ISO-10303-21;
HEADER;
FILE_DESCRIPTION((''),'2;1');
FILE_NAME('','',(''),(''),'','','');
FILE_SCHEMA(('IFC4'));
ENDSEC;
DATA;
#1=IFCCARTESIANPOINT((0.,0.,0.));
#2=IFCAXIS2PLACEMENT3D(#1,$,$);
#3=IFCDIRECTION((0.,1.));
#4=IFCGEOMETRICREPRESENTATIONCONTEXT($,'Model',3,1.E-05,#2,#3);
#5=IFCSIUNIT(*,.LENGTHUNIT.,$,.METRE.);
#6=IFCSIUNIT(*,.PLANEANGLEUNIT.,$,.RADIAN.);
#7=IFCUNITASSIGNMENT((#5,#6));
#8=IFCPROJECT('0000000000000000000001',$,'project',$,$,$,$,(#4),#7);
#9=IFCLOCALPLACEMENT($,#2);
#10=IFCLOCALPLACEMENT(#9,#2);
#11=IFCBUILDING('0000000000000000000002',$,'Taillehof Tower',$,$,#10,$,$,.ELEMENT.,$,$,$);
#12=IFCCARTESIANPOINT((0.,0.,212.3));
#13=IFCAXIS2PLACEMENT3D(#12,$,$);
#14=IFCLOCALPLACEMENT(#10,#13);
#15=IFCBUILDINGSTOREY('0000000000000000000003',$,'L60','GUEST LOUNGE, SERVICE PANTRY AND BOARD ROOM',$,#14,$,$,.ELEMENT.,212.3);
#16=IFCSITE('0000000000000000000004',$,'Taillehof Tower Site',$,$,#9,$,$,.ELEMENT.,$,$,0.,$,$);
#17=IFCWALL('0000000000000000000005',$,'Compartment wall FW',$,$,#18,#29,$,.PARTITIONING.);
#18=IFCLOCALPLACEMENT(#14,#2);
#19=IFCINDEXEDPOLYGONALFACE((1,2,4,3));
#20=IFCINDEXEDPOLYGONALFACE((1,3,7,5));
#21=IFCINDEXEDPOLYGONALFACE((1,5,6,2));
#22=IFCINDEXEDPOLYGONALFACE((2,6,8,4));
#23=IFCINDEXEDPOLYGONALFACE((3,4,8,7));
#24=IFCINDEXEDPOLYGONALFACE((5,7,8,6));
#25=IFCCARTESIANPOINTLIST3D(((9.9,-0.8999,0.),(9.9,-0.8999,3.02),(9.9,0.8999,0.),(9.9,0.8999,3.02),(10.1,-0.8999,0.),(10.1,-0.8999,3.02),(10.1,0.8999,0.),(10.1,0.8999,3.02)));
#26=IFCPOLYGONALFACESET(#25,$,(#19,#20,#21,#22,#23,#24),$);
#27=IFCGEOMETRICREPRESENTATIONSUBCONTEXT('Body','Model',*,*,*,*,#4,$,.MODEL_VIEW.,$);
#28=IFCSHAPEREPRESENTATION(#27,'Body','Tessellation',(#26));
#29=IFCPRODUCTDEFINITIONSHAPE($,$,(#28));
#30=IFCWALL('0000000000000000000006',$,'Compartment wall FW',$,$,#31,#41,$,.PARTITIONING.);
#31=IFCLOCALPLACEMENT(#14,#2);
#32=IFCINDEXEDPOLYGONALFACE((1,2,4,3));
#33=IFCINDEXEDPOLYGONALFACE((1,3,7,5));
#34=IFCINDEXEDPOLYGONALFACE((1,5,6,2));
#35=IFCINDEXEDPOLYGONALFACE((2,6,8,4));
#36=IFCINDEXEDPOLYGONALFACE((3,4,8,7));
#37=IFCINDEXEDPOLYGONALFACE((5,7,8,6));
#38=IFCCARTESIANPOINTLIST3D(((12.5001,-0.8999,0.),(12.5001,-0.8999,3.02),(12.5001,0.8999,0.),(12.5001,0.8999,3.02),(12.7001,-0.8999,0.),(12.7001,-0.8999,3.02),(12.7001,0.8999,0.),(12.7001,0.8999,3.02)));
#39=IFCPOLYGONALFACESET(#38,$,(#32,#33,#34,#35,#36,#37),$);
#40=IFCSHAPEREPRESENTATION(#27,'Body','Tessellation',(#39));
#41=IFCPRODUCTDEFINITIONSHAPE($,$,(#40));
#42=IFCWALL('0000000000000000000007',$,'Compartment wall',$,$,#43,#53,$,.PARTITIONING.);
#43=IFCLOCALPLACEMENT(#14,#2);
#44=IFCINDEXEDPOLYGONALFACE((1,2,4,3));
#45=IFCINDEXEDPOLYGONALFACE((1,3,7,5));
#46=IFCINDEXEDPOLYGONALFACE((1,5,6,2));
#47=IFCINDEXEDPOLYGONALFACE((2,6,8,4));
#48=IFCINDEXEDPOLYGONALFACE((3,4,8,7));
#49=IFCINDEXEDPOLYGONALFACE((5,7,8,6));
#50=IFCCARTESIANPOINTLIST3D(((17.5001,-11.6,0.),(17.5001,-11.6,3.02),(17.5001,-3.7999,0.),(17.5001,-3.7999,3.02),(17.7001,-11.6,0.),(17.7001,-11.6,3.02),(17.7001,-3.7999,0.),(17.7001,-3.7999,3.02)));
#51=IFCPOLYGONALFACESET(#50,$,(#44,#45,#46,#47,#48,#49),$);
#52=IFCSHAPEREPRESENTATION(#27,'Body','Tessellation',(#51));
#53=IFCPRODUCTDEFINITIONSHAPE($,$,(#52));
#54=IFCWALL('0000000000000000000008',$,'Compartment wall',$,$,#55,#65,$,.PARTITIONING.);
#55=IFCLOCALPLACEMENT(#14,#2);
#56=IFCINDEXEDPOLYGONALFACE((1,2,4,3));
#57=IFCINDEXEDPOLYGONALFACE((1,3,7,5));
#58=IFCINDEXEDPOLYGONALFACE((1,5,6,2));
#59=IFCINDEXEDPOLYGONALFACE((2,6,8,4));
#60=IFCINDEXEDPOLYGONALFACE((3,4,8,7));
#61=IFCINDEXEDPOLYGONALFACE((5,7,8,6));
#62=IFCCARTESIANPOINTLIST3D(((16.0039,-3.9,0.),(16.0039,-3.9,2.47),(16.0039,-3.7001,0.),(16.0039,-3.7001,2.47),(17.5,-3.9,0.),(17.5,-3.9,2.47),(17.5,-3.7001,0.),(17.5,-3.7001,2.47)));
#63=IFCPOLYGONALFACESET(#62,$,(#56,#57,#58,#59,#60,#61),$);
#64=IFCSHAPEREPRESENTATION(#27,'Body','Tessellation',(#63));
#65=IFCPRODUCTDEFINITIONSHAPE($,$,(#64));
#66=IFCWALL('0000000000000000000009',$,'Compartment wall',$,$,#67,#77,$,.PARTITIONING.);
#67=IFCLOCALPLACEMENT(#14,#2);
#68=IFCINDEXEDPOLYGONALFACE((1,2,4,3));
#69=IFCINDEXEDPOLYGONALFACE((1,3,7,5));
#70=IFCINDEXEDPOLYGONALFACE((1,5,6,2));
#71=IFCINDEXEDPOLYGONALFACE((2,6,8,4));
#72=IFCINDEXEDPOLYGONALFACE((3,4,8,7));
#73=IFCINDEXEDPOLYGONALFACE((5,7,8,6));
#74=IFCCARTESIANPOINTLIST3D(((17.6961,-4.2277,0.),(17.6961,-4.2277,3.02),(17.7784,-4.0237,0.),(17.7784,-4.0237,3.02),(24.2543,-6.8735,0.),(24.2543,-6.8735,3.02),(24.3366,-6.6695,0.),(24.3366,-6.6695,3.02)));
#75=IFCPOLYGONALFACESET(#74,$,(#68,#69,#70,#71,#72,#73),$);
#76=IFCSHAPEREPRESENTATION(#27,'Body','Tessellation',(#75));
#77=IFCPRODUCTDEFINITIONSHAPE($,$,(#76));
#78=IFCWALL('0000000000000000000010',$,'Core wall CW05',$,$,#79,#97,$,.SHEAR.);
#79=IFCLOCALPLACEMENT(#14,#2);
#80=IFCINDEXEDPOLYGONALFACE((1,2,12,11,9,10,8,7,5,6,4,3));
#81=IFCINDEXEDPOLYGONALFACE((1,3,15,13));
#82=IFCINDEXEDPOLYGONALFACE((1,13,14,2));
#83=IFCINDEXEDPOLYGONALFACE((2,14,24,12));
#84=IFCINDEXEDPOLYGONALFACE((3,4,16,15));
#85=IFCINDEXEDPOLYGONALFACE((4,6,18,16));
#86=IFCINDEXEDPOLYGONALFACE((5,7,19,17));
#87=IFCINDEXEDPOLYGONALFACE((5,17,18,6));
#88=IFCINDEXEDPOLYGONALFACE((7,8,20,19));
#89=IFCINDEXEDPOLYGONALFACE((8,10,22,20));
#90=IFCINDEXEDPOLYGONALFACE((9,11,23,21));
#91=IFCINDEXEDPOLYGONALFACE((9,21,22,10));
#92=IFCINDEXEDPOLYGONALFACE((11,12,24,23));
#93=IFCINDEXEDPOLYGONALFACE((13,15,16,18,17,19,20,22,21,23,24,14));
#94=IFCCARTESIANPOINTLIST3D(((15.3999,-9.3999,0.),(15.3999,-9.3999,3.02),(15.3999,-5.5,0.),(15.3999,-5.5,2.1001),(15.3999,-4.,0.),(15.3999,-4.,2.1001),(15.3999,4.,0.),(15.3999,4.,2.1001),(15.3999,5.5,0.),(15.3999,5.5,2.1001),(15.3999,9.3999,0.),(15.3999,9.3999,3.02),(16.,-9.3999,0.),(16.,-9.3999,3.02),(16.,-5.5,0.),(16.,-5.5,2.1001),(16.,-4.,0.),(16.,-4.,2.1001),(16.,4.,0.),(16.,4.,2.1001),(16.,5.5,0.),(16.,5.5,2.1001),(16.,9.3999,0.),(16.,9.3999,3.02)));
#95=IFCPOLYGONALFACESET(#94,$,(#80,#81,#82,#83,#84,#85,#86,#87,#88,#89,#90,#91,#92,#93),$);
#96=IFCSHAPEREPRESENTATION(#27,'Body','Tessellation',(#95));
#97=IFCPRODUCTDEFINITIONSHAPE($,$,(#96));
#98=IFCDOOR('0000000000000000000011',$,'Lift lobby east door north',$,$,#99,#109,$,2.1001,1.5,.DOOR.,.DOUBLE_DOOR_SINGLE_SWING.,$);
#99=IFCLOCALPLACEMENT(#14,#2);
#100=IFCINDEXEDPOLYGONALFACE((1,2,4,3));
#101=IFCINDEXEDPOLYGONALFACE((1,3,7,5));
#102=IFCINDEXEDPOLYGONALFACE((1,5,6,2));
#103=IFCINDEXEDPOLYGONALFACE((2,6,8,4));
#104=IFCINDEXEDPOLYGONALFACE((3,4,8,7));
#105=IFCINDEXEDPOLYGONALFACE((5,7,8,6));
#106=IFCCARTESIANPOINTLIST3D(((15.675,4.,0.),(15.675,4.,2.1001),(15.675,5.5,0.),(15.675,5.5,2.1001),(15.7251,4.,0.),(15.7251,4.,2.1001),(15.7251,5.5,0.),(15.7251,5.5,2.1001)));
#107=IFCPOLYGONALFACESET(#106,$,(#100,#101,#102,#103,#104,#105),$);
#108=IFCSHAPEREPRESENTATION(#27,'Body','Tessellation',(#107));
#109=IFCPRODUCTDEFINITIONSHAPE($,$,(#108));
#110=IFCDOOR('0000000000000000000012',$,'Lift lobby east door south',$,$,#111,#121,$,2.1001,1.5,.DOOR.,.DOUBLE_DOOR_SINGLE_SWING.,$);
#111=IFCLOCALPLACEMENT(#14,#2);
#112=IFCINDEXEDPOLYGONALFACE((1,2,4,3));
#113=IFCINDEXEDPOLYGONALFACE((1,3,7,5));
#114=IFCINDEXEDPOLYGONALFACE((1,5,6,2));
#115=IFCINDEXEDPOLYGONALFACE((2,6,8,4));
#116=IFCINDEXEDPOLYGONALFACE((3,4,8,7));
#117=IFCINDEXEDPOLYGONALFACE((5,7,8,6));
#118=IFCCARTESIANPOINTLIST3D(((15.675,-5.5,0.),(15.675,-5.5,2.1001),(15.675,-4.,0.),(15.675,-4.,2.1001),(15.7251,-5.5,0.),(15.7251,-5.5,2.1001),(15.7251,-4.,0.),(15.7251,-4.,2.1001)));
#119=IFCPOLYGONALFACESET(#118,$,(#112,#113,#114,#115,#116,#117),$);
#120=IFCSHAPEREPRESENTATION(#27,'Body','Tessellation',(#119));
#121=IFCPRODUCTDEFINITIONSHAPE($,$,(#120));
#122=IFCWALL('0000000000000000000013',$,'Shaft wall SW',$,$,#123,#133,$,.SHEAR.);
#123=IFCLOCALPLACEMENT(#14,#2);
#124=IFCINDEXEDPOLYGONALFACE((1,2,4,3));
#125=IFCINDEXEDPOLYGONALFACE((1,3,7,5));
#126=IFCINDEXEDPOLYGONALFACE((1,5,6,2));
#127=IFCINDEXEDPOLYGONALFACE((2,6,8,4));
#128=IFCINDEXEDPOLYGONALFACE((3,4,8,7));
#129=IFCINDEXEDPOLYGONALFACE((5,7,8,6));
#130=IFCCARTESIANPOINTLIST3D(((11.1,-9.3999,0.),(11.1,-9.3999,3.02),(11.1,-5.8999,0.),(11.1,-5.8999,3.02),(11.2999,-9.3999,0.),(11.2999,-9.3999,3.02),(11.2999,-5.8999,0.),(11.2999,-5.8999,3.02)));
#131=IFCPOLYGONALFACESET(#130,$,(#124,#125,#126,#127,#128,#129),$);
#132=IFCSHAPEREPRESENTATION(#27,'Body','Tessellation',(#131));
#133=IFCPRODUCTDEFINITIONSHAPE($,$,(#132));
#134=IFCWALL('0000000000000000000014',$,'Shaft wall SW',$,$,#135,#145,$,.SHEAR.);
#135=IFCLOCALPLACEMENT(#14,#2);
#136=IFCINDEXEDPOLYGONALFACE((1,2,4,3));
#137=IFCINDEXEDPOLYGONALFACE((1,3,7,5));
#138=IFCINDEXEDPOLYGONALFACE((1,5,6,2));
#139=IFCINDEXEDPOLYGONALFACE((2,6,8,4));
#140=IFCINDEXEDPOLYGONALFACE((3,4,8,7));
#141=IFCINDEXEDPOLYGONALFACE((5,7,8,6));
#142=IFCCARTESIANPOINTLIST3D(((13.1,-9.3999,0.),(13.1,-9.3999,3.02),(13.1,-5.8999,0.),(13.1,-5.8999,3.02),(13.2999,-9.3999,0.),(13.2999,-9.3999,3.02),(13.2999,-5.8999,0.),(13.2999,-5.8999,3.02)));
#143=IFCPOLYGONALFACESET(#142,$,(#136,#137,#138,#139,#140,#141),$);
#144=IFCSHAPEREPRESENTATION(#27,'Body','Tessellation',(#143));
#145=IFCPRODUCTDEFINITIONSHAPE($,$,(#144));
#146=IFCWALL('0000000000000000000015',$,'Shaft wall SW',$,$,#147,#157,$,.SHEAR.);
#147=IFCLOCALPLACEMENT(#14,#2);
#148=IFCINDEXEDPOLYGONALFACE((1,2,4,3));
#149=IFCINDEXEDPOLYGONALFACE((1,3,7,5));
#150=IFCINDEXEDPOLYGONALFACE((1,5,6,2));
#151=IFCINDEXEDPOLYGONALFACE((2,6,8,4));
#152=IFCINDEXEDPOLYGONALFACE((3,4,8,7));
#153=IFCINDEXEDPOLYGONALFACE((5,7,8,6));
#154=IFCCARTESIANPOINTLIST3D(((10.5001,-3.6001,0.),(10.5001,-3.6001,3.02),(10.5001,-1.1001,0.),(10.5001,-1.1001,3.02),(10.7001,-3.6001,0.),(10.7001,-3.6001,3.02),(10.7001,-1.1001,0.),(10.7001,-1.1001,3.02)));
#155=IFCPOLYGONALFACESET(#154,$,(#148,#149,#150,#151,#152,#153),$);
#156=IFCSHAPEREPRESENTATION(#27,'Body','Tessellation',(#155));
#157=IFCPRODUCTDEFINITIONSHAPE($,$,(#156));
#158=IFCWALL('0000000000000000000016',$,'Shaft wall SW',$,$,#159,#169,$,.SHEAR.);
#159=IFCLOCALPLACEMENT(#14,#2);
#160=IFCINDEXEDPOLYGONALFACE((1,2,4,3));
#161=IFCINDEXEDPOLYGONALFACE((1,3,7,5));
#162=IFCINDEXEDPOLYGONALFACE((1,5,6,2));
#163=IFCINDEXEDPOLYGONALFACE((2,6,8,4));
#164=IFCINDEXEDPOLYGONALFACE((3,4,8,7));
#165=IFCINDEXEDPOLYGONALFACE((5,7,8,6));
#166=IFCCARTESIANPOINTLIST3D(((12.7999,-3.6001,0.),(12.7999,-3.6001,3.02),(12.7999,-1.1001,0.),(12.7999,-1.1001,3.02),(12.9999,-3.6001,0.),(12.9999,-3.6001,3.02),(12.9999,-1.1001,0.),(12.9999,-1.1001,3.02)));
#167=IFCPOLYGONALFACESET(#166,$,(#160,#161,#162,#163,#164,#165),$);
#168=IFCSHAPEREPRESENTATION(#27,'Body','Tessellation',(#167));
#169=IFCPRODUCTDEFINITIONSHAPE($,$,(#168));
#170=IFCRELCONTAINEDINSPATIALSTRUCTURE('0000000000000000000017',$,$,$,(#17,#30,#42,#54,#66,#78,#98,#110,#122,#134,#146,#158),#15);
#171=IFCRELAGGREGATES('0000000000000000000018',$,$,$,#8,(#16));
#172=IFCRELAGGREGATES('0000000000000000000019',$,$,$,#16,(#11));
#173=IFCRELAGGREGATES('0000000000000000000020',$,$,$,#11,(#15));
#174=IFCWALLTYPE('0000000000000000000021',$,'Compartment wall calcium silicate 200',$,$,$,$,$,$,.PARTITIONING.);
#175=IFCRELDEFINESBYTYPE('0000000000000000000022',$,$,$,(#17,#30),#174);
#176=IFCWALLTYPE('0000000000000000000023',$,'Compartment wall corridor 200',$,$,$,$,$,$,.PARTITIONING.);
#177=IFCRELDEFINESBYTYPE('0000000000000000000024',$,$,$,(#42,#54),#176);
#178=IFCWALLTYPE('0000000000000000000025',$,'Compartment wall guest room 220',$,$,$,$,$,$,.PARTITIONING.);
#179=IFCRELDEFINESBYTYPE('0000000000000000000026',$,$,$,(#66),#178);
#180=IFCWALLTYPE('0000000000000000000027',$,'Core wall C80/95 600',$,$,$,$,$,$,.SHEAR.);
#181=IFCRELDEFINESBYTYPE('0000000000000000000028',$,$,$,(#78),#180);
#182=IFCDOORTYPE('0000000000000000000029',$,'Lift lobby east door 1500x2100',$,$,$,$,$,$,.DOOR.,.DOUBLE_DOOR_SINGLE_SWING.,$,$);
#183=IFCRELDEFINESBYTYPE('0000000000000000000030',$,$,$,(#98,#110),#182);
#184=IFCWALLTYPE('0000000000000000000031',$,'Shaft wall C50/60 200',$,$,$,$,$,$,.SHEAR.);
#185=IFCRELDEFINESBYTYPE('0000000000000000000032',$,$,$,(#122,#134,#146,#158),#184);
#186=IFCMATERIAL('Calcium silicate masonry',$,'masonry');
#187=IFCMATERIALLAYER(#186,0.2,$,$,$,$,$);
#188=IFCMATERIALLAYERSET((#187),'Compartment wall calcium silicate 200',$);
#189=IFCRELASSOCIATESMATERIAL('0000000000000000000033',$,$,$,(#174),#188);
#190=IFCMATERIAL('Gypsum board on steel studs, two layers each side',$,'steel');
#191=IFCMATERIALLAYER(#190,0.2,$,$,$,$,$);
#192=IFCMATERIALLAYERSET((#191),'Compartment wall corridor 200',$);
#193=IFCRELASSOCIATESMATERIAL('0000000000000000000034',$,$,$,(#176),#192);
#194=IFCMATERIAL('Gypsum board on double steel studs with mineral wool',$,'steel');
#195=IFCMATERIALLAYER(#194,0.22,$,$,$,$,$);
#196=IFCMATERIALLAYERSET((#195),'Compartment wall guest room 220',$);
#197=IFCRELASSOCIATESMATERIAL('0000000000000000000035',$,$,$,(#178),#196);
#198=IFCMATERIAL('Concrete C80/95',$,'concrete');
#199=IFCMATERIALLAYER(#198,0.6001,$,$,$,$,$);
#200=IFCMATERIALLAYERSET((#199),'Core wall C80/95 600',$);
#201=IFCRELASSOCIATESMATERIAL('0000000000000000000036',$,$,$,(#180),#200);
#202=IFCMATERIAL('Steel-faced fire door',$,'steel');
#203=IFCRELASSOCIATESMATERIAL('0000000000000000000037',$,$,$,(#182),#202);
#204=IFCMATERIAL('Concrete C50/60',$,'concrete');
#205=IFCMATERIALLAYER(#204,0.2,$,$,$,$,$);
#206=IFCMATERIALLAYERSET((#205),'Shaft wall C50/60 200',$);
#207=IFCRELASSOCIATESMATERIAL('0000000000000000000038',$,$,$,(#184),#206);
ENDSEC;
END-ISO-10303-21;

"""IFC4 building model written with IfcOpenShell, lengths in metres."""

from ifc_helpers import new_model, si_unit, direction, frame, frame_2d, origin, place, context, subcontext, project, spatial, rectangle, extrude, material, layer, layer_set, type_object, element, fill, save


model = new_model("IFC4")

# Units and contexts
model_context = context("Model", 3, precision=1e-05, world=origin(), true_north=direction((0.0, 1.0)))
body_context = subcontext(model_context, "Body", "Model", "MODEL_VIEW")
ifc_project = project(units=[si_unit("LENGTHUNIT", "METRE"), si_unit("PLANEANGLEUNIT", "RADIAN")], contexts=[model_context])

# Site, building, storey
site_placement = place(None, origin())
site = spatial("IfcSite", under=ifc_project, at=site_placement, Name="Taillehof Tower Site", CompositionType="ELEMENT", RefElevation=0.0)
building_placement = place(site_placement, origin())
building = spatial("IfcBuilding", under=site, at=building_placement, Name="Taillehof Tower", CompositionType="ELEMENT")
storey_placement = place(building_placement, frame((0.0, 0.0, 212.3)))
storey = spatial("IfcBuildingStorey", under=building, at=storey_placement, Name="L60", Description="GUEST LOUNGE, SERVICE PANTRY AND BOARD ROOM", CompositionType="ELEMENT", Elevation=212.3)

# Walls
ifc_material_1 = material(Name="Calcium silicate masonry", Category="masonry")
ifc_layer_1 = layer(ifc_material_1, 0.2)
ifc_layer_set_1 = layer_set([ifc_layer_1], Name="Compartment wall calcium silicate 200")
wall_type_1 = type_object("IfcWallType", Name="Compartment wall calcium silicate 200", PredefinedType="PARTITIONING", material=ifc_layer_set_1)
for number, where, z_axis, x_axis, name in (
    (1, (10.0, -0.8999, 0.0), (0.0, 0.0, 1.0), (0.0, 1.0, 0.0), "Compartment wall FW"),
    (2, (12.6001, -0.8999, 0.0), (0.0, 0.0, 1.0), (0.0, 1.0, 0.0), "Compartment wall FW"),
):
    element("IfcWall", number, at=place(storey_placement, frame(where, z_axis=z_axis, x_axis=x_axis)), inside=storey, type_object=wall_type_1, Name=name, PredefinedType="PARTITIONING", context=body_context, shape_type="SweptSolid", body=[
        extrude(rectangle(XDim=1.7998, YDim=0.2, at=frame_2d((0.8999, 0.0))), origin(), (0.0, 0.0, 1.0), 3.02),
    ])
ifc_material_2 = material(Name="Gypsum board on steel studs, two layers each side", Category="steel")
ifc_layer_2 = layer(ifc_material_2, 0.2)
ifc_layer_set_2 = layer_set([ifc_layer_2], Name="Compartment wall corridor 200")
wall_type_2 = type_object("IfcWallType", Name="Compartment wall corridor 200", PredefinedType="PARTITIONING", material=ifc_layer_set_2)
wall_1_placement = place(storey_placement, frame((17.6001, -3.8, 0.0), z_axis=(0.0, 0.0, 1.0), x_axis=(0.0, -1.0, 0.0)))
element("IfcWall", 3, at=wall_1_placement, inside=storey, type_object=wall_type_2, Name="Compartment wall", PredefinedType="PARTITIONING", context=body_context, shape_type="SweptSolid", body=[
    extrude(rectangle(XDim=7.8, YDim=0.2, at=frame_2d((3.8999, 0.0))), origin(), (0.0, 0.0, 1.0), 3.02),
])
wall_2_placement = place(storey_placement, frame((16.0039, -3.8, 0.0), z_axis=(0.0, 0.0, 1.0), x_axis=(1.0, 0.0, 0.0)))
element("IfcWall", 4, at=wall_2_placement, inside=storey, type_object=wall_type_2, Name="Compartment wall", PredefinedType="PARTITIONING", context=body_context, shape_type="SweptSolid", body=[
    extrude(rectangle(XDim=1.4961, YDim=0.2, at=frame_2d((0.748, 0.0))), origin(), (0.0, 0.0, 1.0), 2.47),
])
ifc_material_3 = material(Name="Gypsum board on double steel studs with mineral wool", Category="steel")
ifc_layer_3 = layer(ifc_material_3, 0.22)
ifc_layer_set_3 = layer_set([ifc_layer_3], Name="Compartment wall guest room 220")
wall_type_3 = type_object("IfcWallType", Name="Compartment wall guest room 220", PredefinedType="PARTITIONING", material=ifc_layer_set_3)
wall_3_placement = place(storey_placement, frame((24.2954, -6.7715, 0.0), z_axis=(0.0, 0.0, 1.0), x_axis=(-0.927375, 0.374133, 0.0)))
element("IfcWall", 5, at=wall_3_placement, inside=storey, type_object=wall_type_3, Name="Compartment wall", PredefinedType="PARTITIONING", context=body_context, shape_type="SweptSolid", body=[
    extrude(rectangle(XDim=7.0718, YDim=0.22, at=frame_2d((3.5359, 0.0))), origin(), (0.0, 0.0, 1.0), 3.02),
])

# Wall, openings, doors
ifc_material_4 = material(Name="Concrete C80/95", Category="concrete")
ifc_layer_4 = layer(ifc_material_4, 0.6001)
ifc_layer_set_4 = layer_set([ifc_layer_4], Name="Core wall C80/95 600")
wall_type_4 = type_object("IfcWallType", Name="Core wall C80/95 600", PredefinedType="SHEAR", material=ifc_layer_set_4)
wall_4_placement = place(storey_placement, frame((15.7, -9.3999, 0.0), z_axis=(0.0, 0.0, 1.0), x_axis=(0.0, 1.0, 0.0)))
wall_4 = element("IfcWall", 6, at=wall_4_placement, inside=storey, type_object=wall_type_4, Name="Core wall CW05", PredefinedType="SHEAR", context=body_context, shape_type="SweptSolid", body=[
    extrude(rectangle(XDim=18.7998, YDim=0.6001, at=frame_2d((9.3999, 0.0))), origin(), (0.0, 0.0, 1.0), 3.02),
])
opening_1_placement = place(wall_4_placement, frame((13.3999, 0.0, 0.0)))
opening_1 = element("IfcOpeningElement", 7, at=opening_1_placement, cuts=wall_4, PredefinedType="OPENING", context=body_context, shape_type="SweptSolid", body=[
    extrude(rectangle(XDim=1.5, YDim=2.1001, at=frame_2d((0.75, 1.05))), frame((0.0, 0.3101, 0.0), z_axis=(0.0, -1.0, 0.0), x_axis=(1.0, 0.0, 0.0)), (0.0, 0.0, 1.0), 0.6201),
])
opening_2_placement = place(wall_4_placement, frame((3.8999, 0.0, 0.0)))
opening_2 = element("IfcOpeningElement", 8, at=opening_2_placement, cuts=wall_4, PredefinedType="OPENING", context=body_context, shape_type="SweptSolid", body=[
    extrude(rectangle(XDim=1.5, YDim=2.1001, at=frame_2d((0.75, 1.05))), frame((0.0, 0.3101, 0.0), z_axis=(0.0, -1.0, 0.0), x_axis=(1.0, 0.0, 0.0)), (0.0, 0.0, 1.0), 0.6201),
])
ifc_material_5 = material(Name="Steel-faced fire door", Category="steel")
door_type = type_object("IfcDoorType", Name="Lift lobby east door 1500x2100", OperationType="DOUBLE_DOOR_SINGLE_SWING", PredefinedType="DOOR", material=ifc_material_5)
door_1_placement = place(opening_1_placement, origin())
door_1 = element("IfcDoor", 9, at=door_1_placement, inside=storey, type_object=door_type, Name="Lift lobby east door north", OperationType="DOUBLE_DOOR_SINGLE_SWING", OverallHeight=2.1001, OverallWidth=1.5, PredefinedType="DOOR", context=body_context, shape_type="SweptSolid", body=[
    extrude(rectangle(XDim=1.5, YDim=2.1001, at=frame_2d((0.75, 1.05))), frame((0.0, 0.0249, 0.0), z_axis=(0.0, -1.0, 0.0), x_axis=(1.0, 0.0, 0.0)), (0.0, 0.0, 1.0), 0.05),
])
fill(opening_1, door_1)
door_2_placement = place(opening_2_placement, origin())
door_2 = element("IfcDoor", 10, at=door_2_placement, inside=storey, type_object=door_type, Name="Lift lobby east door south", OperationType="DOUBLE_DOOR_SINGLE_SWING", OverallHeight=2.1001, OverallWidth=1.5, PredefinedType="DOOR", context=body_context, shape_type="SweptSolid", body=[
    extrude(rectangle(XDim=1.5, YDim=2.1001, at=frame_2d((0.75, 1.05))), frame((0.0, 0.0249, 0.0), z_axis=(0.0, -1.0, 0.0), x_axis=(1.0, 0.0, 0.0)), (0.0, 0.0, 1.0), 0.05),
])
fill(opening_2, door_2)

# Walls
ifc_material_6 = material(Name="Concrete C50/60", Category="concrete")
ifc_layer_5 = layer(ifc_material_6, 0.2)
ifc_layer_set_5 = layer_set([ifc_layer_5], Name="Shaft wall C50/60 200")
wall_type_5 = type_object("IfcWallType", Name="Shaft wall C50/60 200", PredefinedType="SHEAR", material=ifc_layer_set_5)
for number, where, z_axis, x_axis, name in (
    (11, (11.2, -9.3999, 0.0), (0.0, 0.0, 1.0), (0.0, 1.0, 0.0), "Shaft wall SW"),
    (12, (13.2, -9.3999, 0.0), (0.0, 0.0, 1.0), (0.0, 1.0, 0.0), "Shaft wall SW"),
):
    element("IfcWall", number, at=place(storey_placement, frame(where, z_axis=z_axis, x_axis=x_axis)), inside=storey, type_object=wall_type_5, Name=name, PredefinedType="SHEAR", context=body_context, shape_type="SweptSolid", body=[
        extrude(rectangle(XDim=3.5, YDim=0.2, at=frame_2d((1.75, 0.0))), origin(), (0.0, 0.0, 1.0), 3.02),
    ])
for number, where, z_axis, x_axis, name in (
    (13, (10.6001, -3.6001, 0.0), (0.0, 0.0, 1.0), (0.0, 1.0, 0.0), "Shaft wall SW"),
    (14, (12.8999, -3.6001, 0.0), (0.0, 0.0, 1.0), (0.0, 1.0, 0.0), "Shaft wall SW"),
):
    element("IfcWall", number, at=place(storey_placement, frame(where, z_axis=z_axis, x_axis=x_axis)), inside=storey, type_object=wall_type_5, Name=name, PredefinedType="SHEAR", context=body_context, shape_type="SweptSolid", body=[
        extrude(rectangle(XDim=2.5, YDim=0.2, at=frame_2d((1.25, 0.0))), origin(), (0.0, 0.0, 1.0), 3.02),
    ])

save(model, "model.ifc")
